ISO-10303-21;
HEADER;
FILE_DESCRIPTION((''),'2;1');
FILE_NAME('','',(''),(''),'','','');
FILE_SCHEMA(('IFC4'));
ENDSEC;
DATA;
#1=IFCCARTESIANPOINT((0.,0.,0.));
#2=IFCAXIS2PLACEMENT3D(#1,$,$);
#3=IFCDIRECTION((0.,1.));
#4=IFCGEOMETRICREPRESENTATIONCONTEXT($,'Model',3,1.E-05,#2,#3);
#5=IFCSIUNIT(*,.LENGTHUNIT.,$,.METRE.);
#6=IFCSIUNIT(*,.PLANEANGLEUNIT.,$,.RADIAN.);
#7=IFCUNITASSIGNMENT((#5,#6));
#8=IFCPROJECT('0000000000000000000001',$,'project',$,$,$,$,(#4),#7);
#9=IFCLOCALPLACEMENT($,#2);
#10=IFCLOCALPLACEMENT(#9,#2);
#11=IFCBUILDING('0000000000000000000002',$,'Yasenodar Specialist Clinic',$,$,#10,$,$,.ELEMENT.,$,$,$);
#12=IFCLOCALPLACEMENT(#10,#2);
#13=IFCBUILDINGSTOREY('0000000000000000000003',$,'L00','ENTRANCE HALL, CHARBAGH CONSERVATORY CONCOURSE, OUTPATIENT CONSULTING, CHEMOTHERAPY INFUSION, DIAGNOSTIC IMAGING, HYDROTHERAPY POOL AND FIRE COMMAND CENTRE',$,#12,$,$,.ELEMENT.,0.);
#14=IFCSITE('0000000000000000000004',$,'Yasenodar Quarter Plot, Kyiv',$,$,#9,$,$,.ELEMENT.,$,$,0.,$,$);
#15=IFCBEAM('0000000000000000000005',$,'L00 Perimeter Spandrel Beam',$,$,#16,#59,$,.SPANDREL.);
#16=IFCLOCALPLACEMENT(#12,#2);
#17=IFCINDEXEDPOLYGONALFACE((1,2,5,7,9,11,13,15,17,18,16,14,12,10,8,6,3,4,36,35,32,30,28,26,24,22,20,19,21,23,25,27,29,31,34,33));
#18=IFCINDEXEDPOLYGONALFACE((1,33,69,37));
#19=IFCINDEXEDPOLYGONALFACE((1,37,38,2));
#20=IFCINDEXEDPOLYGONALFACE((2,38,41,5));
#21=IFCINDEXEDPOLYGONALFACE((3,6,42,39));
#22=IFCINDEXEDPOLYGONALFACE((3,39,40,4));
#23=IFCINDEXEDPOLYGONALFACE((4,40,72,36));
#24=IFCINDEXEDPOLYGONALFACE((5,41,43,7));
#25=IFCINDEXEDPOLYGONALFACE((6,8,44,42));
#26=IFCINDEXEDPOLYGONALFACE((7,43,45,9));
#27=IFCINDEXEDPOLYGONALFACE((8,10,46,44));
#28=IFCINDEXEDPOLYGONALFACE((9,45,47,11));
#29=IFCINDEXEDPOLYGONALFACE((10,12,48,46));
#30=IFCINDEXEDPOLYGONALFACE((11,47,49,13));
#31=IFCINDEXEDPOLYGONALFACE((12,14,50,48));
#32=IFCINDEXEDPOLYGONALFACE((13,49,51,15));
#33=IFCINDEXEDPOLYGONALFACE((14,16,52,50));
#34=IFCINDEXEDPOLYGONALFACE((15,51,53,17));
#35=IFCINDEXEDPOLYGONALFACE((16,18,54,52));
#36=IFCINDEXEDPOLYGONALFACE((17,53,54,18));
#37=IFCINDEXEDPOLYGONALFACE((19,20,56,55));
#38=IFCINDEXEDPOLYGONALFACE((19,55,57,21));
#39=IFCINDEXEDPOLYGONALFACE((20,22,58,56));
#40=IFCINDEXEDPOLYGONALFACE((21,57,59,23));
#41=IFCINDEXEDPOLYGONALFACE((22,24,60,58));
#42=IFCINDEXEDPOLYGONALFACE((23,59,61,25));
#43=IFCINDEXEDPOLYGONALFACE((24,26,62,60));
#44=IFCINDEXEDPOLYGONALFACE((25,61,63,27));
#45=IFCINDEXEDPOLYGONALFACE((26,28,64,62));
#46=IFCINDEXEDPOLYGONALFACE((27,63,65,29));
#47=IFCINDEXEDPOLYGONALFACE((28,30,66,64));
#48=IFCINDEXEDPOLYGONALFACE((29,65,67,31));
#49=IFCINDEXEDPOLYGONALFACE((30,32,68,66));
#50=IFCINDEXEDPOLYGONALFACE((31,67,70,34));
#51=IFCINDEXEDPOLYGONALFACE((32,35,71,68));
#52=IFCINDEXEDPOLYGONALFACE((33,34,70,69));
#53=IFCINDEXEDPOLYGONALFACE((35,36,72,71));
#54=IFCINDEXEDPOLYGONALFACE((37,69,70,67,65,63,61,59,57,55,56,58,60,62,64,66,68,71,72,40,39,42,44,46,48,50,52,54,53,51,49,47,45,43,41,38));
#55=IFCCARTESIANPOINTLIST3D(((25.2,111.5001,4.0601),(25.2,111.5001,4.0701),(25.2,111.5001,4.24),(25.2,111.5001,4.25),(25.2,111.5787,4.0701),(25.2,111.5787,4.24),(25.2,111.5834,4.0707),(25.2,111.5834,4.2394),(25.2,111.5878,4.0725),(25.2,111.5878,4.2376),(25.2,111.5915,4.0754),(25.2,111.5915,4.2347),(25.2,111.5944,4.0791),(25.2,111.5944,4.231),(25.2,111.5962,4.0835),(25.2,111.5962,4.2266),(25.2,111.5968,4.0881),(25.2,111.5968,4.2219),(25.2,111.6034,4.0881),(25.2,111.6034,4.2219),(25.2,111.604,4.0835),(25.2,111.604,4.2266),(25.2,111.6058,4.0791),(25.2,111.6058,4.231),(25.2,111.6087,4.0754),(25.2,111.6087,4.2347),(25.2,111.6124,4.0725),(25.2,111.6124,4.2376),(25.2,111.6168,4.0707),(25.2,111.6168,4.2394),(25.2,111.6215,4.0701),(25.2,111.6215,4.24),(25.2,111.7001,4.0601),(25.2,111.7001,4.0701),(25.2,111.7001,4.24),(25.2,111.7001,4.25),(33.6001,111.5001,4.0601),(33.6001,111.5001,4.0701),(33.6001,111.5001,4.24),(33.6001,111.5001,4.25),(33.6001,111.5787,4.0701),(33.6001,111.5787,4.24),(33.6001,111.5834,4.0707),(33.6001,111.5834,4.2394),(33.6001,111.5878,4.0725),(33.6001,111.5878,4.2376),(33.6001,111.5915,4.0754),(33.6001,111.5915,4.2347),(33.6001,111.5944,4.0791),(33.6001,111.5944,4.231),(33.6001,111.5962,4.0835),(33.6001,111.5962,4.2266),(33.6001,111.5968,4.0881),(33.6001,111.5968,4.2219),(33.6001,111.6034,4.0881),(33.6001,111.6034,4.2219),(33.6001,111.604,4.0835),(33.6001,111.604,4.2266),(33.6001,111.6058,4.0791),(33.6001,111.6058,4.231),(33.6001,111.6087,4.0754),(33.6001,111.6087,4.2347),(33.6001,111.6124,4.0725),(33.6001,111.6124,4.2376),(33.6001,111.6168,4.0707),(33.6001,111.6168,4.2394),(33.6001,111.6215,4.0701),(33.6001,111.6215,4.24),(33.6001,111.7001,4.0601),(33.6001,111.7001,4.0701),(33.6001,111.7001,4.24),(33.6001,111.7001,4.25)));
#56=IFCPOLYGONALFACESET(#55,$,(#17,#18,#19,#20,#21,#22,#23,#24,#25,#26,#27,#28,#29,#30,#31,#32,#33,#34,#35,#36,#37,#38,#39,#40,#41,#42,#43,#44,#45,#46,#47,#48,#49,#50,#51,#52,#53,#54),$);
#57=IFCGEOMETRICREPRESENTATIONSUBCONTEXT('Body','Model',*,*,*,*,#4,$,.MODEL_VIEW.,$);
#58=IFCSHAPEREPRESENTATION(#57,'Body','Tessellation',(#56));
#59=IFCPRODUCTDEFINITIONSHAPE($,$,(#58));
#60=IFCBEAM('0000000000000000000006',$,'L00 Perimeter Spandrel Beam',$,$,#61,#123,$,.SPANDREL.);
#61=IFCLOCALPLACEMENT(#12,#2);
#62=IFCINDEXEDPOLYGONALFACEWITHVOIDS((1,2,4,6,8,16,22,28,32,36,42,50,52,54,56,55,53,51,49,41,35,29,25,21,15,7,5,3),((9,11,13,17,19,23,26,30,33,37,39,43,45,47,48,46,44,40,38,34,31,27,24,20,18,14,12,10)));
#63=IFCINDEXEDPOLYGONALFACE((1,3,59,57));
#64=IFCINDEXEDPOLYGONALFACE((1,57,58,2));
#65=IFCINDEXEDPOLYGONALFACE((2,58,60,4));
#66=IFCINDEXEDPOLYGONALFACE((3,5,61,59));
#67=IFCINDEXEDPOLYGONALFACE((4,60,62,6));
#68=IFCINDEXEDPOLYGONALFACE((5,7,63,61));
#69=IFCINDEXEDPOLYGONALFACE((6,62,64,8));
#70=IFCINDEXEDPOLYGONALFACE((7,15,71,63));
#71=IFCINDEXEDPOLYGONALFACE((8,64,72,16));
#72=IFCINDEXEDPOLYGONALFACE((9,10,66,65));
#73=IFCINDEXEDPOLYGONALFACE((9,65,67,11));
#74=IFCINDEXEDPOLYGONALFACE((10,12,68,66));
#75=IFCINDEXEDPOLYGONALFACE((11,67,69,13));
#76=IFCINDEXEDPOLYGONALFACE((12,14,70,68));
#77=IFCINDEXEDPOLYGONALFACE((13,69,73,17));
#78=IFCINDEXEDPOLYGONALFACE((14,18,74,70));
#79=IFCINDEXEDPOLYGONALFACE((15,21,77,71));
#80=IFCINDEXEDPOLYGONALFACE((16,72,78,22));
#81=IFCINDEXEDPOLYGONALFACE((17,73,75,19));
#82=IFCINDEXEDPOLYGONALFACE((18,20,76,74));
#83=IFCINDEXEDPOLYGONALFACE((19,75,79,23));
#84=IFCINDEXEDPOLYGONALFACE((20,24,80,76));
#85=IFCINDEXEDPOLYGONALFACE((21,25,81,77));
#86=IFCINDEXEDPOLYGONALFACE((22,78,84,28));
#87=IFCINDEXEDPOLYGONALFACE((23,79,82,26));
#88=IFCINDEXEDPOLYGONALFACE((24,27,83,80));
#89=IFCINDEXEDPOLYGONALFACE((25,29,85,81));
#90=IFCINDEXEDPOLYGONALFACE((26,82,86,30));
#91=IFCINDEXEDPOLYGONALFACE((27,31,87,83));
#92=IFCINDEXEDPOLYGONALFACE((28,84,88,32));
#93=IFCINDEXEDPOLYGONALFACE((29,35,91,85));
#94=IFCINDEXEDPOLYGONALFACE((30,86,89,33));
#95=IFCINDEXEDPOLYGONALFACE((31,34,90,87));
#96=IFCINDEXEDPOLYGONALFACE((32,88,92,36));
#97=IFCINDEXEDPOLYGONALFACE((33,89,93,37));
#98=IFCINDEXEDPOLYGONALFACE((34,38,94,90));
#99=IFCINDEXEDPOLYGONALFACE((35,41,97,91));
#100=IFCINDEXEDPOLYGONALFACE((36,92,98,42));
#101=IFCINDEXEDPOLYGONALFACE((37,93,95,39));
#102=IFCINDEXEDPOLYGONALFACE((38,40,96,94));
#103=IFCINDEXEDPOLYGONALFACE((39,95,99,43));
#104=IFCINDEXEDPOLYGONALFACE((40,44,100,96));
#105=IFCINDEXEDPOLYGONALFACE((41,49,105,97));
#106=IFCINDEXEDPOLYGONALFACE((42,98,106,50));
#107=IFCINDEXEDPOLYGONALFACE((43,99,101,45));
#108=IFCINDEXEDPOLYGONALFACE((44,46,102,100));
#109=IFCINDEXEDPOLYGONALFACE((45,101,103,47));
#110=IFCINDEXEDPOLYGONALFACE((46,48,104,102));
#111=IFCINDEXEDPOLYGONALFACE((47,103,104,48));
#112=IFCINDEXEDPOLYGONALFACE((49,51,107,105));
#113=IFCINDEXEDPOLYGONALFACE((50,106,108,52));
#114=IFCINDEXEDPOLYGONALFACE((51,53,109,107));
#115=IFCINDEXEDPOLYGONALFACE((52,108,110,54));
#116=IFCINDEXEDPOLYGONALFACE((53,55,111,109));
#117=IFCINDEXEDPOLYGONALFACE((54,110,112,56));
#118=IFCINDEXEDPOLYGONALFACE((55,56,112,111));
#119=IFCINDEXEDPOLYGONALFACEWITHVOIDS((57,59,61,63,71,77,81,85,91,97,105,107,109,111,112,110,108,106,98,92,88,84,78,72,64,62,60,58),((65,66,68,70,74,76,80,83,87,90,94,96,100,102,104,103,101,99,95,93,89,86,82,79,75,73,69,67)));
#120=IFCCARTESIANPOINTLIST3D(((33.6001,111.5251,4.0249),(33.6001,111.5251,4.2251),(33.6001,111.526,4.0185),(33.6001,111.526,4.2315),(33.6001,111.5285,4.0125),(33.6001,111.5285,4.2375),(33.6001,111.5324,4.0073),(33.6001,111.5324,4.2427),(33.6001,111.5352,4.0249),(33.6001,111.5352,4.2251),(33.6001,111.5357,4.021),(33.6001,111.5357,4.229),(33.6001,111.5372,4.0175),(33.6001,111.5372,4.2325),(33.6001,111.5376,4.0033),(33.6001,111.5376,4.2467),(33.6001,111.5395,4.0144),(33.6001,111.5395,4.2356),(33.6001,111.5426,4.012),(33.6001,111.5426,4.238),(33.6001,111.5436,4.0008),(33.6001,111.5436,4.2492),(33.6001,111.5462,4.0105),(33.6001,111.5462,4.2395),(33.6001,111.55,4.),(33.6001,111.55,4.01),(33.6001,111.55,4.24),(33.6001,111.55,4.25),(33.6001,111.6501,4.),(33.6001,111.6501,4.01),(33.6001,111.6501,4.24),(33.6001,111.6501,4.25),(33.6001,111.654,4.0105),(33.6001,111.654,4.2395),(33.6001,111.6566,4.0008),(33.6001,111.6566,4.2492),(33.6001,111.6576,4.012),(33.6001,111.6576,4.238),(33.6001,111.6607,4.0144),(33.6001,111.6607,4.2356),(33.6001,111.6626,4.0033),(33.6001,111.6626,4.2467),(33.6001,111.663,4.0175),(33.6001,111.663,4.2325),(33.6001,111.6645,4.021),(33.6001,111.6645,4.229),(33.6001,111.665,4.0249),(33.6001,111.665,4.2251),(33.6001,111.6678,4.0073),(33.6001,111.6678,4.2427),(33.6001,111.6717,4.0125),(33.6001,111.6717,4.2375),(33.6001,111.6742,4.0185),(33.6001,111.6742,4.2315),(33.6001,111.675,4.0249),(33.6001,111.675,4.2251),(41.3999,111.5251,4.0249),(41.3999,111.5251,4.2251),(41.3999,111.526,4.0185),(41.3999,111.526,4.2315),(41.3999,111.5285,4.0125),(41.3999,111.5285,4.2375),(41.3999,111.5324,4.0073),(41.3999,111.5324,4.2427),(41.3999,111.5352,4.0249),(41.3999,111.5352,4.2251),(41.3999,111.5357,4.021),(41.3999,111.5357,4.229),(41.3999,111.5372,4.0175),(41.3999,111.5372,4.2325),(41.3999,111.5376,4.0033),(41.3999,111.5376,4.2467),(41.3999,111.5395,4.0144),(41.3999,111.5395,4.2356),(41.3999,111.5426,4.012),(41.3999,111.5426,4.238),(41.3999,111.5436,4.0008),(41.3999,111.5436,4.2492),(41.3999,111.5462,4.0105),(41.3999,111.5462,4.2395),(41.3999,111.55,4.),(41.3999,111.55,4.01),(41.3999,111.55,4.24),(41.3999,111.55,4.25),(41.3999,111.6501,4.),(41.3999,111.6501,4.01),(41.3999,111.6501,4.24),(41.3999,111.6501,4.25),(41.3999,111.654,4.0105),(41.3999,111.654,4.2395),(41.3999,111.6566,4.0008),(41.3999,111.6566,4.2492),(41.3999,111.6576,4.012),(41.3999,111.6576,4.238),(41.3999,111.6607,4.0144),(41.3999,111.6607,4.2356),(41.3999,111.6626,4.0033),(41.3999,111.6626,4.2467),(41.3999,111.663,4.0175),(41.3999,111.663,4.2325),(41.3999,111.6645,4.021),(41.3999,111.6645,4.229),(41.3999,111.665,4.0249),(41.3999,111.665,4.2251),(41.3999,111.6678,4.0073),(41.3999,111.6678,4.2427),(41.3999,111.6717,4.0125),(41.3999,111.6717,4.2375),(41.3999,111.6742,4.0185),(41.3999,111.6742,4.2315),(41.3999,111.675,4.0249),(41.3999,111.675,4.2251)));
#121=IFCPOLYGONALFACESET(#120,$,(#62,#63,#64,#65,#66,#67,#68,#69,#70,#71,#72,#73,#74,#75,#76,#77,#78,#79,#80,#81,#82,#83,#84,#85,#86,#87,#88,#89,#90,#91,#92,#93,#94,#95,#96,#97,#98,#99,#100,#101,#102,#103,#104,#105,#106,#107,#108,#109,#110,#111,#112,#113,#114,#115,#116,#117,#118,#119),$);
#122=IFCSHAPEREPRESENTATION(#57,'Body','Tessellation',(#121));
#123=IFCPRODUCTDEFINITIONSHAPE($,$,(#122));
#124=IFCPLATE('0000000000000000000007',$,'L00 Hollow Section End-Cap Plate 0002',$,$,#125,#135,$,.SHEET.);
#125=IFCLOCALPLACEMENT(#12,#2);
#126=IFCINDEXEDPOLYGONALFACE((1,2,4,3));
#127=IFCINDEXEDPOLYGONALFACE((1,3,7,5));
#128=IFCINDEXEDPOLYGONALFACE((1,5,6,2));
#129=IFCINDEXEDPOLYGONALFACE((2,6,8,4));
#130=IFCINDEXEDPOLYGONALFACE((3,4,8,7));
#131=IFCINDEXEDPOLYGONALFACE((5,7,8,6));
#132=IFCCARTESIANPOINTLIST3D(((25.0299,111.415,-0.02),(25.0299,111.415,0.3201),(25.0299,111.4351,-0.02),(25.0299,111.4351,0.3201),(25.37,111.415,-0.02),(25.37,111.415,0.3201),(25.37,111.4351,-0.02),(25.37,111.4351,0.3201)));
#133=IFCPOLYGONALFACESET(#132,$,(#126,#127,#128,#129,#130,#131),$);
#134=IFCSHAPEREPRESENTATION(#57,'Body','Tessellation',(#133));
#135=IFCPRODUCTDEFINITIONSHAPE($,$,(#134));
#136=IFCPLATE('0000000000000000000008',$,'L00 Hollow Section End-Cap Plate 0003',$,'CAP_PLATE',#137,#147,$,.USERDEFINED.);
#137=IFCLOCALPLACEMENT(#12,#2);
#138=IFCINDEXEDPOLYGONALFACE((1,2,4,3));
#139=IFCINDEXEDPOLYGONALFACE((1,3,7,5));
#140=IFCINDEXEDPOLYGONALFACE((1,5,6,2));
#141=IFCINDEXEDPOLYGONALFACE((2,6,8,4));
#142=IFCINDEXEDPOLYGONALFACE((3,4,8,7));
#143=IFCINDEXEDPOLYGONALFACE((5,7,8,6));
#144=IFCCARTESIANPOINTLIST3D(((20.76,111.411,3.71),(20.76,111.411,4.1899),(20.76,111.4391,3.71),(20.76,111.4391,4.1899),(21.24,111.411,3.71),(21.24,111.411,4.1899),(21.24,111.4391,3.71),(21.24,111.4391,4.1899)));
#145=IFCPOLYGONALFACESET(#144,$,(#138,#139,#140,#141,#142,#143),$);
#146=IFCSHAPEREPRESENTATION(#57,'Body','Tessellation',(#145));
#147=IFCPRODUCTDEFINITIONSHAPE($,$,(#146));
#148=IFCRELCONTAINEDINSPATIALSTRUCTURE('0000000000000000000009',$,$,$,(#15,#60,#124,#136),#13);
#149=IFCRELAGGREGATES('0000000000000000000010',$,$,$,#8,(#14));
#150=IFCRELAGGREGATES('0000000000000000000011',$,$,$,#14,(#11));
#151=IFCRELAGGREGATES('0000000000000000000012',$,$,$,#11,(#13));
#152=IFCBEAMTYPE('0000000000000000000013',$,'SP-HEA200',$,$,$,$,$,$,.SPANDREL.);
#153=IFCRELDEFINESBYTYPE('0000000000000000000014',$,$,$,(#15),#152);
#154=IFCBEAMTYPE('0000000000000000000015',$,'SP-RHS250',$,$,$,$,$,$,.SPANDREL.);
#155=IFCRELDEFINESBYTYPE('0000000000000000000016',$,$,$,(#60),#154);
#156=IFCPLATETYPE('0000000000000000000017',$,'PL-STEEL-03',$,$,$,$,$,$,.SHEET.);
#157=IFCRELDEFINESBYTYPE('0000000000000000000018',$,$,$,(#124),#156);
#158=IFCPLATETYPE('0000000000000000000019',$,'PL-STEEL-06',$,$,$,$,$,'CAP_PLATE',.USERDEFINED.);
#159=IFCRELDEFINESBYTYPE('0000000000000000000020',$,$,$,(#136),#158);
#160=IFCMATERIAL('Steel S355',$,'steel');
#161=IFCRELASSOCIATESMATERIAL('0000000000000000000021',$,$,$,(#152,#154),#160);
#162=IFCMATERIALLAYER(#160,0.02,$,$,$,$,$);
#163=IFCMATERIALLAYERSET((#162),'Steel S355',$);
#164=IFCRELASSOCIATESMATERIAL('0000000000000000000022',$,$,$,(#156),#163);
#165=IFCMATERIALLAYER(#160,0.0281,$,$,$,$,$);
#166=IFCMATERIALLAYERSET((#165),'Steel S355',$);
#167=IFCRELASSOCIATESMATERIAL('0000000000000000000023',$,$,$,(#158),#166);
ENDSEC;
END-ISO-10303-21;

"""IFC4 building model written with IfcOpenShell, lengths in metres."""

from ifc_helpers import new_model, si_unit, direction, frame, origin, origin_2d, place, context, subcontext, project, spatial, rectangle, hollow_rectangle, i_section, extrude, material, layer, layer_set, material_profile, profile_set, type_object, element, save


model = new_model("IFC4")

# Units and contexts
model_context = context("Model", 3, precision=1e-05, world=origin(), true_north=direction((0.0, 1.0)))
body_context = subcontext(model_context, "Body", "Model", "MODEL_VIEW")
ifc_project = project(units=[si_unit("LENGTHUNIT", "METRE"), si_unit("PLANEANGLEUNIT", "RADIAN")], contexts=[model_context])

# Site, building, storey
site_placement = place(None, origin())
site = spatial("IfcSite", under=ifc_project, at=site_placement, Name="Yasenodar Quarter Plot, Kyiv", CompositionType="ELEMENT", RefElevation=0.0)
building_placement = place(site_placement, origin())
building = spatial("IfcBuilding", under=site, at=building_placement, Name="Yasenodar Specialist Clinic", CompositionType="ELEMENT")
storey_placement = place(building_placement, origin())
storey = spatial("IfcBuildingStorey", under=building, at=storey_placement, Name="L00", Description="ENTRANCE HALL, CHARBAGH CONSERVATORY CONCOURSE, OUTPATIENT CONSULTING, CHEMOTHERAPY INFUSION, DIAGNOSTIC IMAGING, HYDROTHERAPY POOL AND FIRE COMMAND CENTRE", CompositionType="ELEMENT", Elevation=0.0)

# Shared definitions
ifc_material_1 = material(Name="Steel S355", Category="steel")

# Beams
ifc_material_profile_1 = material_profile(ifc_material_1, i_section(OverallWidth=0.2, OverallDepth=0.1899, WebThickness=0.0066, FlangeThickness=0.01, FilletRadius=0.0181, at=origin_2d()), Name="HEA 200")
ifc_profile_set_1 = profile_set([ifc_material_profile_1], Name="Steel S355")
beam_type_1 = type_object("IfcBeamType", Name="SP-HEA200", PredefinedType="SPANDREL", material=ifc_profile_set_1)
beam_1_placement = place(storey_placement, frame((25.2, 111.6001, 4.155), z_axis=(1.0, 0.0, 0.0), x_axis=(0.0, 1.0, 0.0)))
element("IfcBeam", 1, at=beam_1_placement, inside=storey, type_object=beam_type_1, Name="L00 Perimeter Spandrel Beam", PredefinedType="SPANDREL", context=body_context, shape_type="SweptSolid", body=[
    extrude(i_section(OverallWidth=0.2, OverallDepth=0.1899, WebThickness=0.0066, FlangeThickness=0.01, FilletRadius=0.0181, at=origin_2d()), origin(), (0.0, 0.0, 1.0), 8.4001),
])
ifc_material_profile_2 = material_profile(ifc_material_1, hollow_rectangle(XDim=0.1499, YDim=0.25, WallThickness=0.01, InnerFilletRadius=0.0149, OuterFilletRadius=0.0249, at=origin_2d()), Name="RHS 250x150x10")
ifc_profile_set_2 = profile_set([ifc_material_profile_2], Name="Steel S355")
beam_type_2 = type_object("IfcBeamType", Name="SP-RHS250", PredefinedType="SPANDREL", material=ifc_profile_set_2)
beam_2_placement = place(storey_placement, frame((33.6001, 111.6001, 4.125), z_axis=(1.0, 0.0, 0.0), x_axis=(0.0, 1.0, 0.0)))
element("IfcBeam", 2, at=beam_2_placement, inside=storey, type_object=beam_type_2, Name="L00 Perimeter Spandrel Beam", PredefinedType="SPANDREL", context=body_context, shape_type="SweptSolid", body=[
    extrude(hollow_rectangle(XDim=0.1499, YDim=0.25, WallThickness=0.01, InnerFilletRadius=0.0149, OuterFilletRadius=0.0249, at=origin_2d()), origin(), (0.0, 0.0, 1.0), 7.7998),
])

# Plates
ifc_layer_1 = layer(ifc_material_1, 0.02)
ifc_layer_set_1 = layer_set([ifc_layer_1], Name="Steel S355")
plate_type_1 = type_object("IfcPlateType", Name="PL-STEEL-03", PredefinedType="SHEET", material=ifc_layer_set_1)
plate_1_placement = place(storey_placement, frame((25.2, 111.425, -0.02), z_axis=(0.0, 0.0, 1.0), x_axis=(1.0, 0.0, 0.0)))
element("IfcPlate", 3, at=plate_1_placement, inside=storey, type_object=plate_type_1, Name="L00 Hollow Section End-Cap Plate 0002", PredefinedType="SHEET", context=body_context, shape_type="SweptSolid", body=[
    extrude(rectangle(XDim=0.3401, YDim=0.02, at=origin_2d()), origin(), (0.0, 0.0, 1.0), 0.3401),
])
ifc_layer_2 = layer(ifc_material_1, 0.0281)
ifc_layer_set_2 = layer_set([ifc_layer_2], Name="Steel S355")
plate_type_2 = type_object("IfcPlateType", Name="PL-STEEL-06", ElementType="CAP_PLATE", PredefinedType="USERDEFINED", material=ifc_layer_set_2)
plate_2_placement = place(storey_placement, frame((21.0, 111.425, 3.71), z_axis=(0.0, 0.0, 1.0), x_axis=(1.0, 0.0, 0.0)))
element("IfcPlate", 4, at=plate_2_placement, inside=storey, type_object=plate_type_2, Name="L00 Hollow Section End-Cap Plate 0003", ObjectType="CAP_PLATE", PredefinedType="USERDEFINED", context=body_context, shape_type="SweptSolid", body=[
    extrude(rectangle(XDim=0.48, YDim=0.0281, at=origin_2d()), origin(), (0.0, 0.0, 1.0), 0.48),
])

save(model, "model.ifc")
